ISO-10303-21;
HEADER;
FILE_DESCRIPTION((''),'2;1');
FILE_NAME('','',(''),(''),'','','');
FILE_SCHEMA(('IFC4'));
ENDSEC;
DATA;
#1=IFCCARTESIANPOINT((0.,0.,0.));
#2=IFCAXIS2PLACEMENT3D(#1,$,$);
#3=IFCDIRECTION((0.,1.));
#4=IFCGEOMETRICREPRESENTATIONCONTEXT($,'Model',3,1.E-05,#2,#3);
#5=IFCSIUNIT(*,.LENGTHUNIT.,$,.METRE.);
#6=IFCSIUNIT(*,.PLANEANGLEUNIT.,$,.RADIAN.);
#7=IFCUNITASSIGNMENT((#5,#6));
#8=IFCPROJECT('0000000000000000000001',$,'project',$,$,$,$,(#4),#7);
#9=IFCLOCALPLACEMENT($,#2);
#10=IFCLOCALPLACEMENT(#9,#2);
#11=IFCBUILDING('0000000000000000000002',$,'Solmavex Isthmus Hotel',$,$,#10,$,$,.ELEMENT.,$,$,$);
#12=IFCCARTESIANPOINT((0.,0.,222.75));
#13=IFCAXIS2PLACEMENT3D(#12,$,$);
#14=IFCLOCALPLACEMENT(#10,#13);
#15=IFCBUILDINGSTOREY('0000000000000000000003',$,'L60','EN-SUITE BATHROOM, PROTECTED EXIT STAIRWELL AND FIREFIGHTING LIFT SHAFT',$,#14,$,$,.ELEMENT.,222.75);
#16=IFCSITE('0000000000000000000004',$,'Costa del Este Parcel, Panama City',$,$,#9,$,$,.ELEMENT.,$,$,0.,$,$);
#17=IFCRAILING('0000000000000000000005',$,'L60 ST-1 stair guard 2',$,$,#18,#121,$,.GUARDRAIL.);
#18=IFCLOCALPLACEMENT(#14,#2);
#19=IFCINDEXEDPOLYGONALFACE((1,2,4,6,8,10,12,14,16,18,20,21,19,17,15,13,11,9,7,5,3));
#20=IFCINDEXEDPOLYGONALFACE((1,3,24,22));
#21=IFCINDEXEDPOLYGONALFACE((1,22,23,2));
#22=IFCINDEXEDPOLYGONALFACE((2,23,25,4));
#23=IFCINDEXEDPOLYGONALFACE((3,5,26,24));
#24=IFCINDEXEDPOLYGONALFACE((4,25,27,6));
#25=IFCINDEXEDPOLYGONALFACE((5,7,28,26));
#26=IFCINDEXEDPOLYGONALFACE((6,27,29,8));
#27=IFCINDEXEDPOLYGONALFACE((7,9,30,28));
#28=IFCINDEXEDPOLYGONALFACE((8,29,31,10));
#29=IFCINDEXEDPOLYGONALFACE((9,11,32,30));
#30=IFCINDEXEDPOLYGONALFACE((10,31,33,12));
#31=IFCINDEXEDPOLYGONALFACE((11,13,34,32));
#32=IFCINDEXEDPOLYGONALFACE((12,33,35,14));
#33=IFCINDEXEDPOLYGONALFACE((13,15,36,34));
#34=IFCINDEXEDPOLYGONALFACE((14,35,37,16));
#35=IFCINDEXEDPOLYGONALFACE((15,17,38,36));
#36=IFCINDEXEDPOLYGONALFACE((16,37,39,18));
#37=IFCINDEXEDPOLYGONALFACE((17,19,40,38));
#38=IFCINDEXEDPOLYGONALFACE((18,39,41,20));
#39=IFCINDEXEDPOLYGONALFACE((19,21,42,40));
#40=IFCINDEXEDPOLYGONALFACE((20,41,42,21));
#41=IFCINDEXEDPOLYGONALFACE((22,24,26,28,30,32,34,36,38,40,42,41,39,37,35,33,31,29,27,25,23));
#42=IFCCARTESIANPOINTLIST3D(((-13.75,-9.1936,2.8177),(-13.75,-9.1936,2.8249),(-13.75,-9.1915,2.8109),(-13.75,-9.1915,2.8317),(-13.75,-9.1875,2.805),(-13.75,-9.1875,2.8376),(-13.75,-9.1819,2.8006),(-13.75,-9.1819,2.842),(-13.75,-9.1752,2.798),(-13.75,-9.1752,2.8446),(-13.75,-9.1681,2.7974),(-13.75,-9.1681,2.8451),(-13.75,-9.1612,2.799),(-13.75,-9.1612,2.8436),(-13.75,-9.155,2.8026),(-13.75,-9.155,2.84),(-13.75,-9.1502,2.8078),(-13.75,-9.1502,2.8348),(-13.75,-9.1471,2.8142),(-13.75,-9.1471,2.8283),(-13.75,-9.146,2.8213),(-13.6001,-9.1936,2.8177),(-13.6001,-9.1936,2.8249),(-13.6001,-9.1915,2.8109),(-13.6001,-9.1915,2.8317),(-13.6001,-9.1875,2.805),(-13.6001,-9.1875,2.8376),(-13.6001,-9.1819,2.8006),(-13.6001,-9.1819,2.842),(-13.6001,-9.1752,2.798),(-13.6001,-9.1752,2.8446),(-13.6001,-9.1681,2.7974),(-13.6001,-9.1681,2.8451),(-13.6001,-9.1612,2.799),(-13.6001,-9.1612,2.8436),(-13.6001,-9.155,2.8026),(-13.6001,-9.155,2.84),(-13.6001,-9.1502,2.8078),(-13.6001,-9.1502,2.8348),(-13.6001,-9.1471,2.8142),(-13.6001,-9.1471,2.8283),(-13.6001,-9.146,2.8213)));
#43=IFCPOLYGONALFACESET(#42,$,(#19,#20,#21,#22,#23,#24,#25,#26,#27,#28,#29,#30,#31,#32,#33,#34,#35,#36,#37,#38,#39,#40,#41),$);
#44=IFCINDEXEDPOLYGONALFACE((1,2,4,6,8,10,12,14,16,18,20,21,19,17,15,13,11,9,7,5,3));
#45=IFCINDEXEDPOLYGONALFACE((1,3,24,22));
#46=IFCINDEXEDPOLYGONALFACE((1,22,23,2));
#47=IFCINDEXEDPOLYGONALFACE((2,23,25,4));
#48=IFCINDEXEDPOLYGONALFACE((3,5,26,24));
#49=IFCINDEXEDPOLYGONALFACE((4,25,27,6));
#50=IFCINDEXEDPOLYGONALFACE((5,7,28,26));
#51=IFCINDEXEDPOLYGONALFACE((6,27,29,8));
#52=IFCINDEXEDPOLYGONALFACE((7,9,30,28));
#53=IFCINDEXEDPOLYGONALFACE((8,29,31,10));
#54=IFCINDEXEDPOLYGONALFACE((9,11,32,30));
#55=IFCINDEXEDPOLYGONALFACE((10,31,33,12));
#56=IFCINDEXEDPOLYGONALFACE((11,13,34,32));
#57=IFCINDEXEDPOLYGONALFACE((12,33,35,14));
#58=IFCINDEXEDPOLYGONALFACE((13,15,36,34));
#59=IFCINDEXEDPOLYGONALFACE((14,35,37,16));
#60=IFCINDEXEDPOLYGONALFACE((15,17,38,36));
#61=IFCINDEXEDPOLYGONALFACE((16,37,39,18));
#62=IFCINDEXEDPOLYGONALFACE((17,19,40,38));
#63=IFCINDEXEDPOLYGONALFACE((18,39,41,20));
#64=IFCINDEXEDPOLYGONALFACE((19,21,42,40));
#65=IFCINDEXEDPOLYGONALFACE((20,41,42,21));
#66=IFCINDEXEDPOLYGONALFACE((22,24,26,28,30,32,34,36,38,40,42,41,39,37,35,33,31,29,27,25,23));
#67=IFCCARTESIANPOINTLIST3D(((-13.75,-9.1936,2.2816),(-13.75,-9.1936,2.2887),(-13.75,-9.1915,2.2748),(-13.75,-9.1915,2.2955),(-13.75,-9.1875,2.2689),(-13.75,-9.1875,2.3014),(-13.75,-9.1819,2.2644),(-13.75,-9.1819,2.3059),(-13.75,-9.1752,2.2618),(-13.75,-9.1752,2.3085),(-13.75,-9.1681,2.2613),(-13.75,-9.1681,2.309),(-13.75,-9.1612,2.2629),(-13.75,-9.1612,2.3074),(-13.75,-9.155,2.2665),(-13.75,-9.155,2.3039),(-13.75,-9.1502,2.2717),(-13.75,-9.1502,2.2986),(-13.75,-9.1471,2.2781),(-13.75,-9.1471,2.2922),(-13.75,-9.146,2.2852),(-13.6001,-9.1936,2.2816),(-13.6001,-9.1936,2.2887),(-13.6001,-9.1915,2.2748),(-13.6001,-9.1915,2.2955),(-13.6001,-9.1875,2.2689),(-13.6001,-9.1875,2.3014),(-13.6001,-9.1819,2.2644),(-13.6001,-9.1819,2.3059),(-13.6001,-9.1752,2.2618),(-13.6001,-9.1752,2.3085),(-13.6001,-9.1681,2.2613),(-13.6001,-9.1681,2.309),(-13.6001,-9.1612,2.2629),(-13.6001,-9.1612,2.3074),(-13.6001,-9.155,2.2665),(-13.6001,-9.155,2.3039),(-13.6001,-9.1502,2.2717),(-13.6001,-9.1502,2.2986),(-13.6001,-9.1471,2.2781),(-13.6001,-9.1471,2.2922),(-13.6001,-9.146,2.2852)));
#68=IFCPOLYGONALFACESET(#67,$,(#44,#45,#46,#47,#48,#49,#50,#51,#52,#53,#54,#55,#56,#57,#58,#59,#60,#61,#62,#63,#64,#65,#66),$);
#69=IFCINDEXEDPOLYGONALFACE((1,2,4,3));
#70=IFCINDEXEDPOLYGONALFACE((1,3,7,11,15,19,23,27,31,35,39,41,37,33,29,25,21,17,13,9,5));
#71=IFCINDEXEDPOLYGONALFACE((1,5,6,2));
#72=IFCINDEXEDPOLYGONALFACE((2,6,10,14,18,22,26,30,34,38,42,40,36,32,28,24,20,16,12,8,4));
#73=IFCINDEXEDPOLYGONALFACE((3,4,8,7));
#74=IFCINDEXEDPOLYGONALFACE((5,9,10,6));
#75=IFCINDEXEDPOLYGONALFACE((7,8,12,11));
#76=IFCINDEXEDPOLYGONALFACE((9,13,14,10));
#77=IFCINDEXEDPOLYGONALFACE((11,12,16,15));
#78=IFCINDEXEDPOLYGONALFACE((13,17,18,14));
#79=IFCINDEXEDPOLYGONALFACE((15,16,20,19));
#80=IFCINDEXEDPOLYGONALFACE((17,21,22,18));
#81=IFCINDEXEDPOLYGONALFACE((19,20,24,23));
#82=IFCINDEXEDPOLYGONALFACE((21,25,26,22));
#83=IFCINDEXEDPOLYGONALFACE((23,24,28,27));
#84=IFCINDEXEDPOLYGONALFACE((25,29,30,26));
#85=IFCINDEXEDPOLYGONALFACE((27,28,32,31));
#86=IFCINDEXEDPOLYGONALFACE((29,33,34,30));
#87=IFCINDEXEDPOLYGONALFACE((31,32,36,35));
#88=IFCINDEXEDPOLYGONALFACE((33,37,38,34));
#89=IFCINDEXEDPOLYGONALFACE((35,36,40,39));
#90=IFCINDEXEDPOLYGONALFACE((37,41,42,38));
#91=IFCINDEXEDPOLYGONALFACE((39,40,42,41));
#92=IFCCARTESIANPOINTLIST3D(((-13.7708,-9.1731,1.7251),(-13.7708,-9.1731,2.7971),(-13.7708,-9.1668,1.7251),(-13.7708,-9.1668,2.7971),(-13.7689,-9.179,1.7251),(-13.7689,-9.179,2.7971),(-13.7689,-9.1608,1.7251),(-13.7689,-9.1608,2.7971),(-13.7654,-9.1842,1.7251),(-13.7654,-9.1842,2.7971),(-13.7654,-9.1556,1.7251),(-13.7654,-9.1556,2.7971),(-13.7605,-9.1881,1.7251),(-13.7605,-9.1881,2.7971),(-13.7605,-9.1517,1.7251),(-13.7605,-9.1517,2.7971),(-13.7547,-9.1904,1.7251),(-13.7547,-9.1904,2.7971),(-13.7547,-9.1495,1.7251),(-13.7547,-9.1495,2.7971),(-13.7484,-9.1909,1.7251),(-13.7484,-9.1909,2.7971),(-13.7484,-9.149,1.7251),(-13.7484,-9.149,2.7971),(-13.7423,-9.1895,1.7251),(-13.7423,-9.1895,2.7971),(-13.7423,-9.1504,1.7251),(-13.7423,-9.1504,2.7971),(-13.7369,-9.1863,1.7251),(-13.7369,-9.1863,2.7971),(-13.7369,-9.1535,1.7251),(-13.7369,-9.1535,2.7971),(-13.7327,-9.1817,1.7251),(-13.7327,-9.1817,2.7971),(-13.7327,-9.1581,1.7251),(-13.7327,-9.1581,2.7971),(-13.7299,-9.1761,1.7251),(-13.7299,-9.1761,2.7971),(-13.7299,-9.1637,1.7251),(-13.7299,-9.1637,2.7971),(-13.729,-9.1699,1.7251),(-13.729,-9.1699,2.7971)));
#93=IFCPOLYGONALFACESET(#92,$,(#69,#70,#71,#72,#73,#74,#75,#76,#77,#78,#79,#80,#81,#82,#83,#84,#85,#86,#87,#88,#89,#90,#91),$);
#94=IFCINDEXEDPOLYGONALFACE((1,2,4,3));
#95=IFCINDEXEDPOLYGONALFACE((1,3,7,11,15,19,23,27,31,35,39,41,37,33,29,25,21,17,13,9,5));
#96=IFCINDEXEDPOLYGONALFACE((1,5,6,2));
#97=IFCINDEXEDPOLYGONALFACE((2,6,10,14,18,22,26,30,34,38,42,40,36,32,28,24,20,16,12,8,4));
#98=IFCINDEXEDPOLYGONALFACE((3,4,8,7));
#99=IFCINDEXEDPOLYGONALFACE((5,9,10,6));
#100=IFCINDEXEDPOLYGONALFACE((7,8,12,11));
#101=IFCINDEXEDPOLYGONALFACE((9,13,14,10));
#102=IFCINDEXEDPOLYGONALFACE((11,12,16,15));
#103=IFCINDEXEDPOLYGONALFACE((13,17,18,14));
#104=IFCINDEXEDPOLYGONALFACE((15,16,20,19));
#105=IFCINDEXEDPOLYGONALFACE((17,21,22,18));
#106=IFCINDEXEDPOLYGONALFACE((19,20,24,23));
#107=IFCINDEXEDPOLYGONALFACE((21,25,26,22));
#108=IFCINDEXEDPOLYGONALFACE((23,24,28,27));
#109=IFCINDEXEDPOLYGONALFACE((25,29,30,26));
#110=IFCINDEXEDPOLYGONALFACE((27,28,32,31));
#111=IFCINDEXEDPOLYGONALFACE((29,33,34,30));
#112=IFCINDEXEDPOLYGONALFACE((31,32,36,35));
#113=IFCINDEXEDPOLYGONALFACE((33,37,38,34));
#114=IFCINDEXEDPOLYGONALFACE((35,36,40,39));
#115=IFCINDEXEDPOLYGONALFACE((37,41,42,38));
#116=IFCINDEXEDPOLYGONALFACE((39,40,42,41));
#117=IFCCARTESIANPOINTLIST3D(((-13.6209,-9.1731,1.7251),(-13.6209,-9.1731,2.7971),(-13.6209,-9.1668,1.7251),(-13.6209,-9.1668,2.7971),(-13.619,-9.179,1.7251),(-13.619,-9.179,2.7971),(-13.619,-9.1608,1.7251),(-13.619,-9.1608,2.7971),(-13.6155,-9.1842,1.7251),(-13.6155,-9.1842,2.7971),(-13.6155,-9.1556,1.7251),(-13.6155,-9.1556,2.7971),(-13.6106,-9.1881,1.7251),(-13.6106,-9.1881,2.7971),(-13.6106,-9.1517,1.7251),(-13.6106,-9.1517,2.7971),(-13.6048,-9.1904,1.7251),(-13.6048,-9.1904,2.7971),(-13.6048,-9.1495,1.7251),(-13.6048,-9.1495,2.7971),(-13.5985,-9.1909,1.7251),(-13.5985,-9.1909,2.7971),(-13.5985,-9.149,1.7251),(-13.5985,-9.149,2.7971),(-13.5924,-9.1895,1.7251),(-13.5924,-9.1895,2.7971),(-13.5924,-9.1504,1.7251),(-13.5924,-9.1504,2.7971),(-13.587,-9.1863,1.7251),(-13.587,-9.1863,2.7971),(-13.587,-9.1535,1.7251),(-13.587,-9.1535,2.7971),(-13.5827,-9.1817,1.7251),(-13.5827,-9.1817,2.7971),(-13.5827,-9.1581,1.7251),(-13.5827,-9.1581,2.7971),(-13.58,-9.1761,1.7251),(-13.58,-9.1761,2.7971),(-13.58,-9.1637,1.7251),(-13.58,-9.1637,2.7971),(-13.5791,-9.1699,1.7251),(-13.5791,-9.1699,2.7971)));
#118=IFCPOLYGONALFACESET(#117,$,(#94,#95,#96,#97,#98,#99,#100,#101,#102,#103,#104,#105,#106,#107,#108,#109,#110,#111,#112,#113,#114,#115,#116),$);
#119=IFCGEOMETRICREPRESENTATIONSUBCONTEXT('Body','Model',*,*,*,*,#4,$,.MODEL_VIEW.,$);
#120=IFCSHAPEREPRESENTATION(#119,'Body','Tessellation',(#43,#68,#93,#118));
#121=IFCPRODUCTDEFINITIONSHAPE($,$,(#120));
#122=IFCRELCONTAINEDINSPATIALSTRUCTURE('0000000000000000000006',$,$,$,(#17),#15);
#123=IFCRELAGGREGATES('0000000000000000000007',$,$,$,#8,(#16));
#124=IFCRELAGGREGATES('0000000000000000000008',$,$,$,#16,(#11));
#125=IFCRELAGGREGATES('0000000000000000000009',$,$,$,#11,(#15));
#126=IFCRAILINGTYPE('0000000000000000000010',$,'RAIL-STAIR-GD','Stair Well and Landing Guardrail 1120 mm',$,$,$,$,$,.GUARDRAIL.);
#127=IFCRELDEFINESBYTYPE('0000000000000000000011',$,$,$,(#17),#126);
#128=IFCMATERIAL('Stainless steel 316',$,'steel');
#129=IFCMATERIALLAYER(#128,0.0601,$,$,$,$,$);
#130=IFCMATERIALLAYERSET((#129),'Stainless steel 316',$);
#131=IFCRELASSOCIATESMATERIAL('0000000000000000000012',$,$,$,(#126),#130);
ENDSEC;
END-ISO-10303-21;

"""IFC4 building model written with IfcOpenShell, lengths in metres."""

from ifc_helpers import new_model, si_unit, direction, frame, origin, origin_2d, place, context, subcontext, project, spatial, circle, extrude, material, layer, layer_set, type_object, element, save


model = new_model("IFC4")

# Units and contexts
model_context = context("Model", 3, precision=1e-05, world=origin(), true_north=direction((0.0, 1.0)))
body_context = subcontext(model_context, "Body", "Model", "MODEL_VIEW")
ifc_project = project(units=[si_unit("LENGTHUNIT", "METRE"), si_unit("PLANEANGLEUNIT", "RADIAN")], contexts=[model_context])

# Site, building, storey
site_placement = place(None, origin())
site = spatial("IfcSite", under=ifc_project, at=site_placement, Name="Costa del Este Parcel, Panama City", CompositionType="ELEMENT", RefElevation=0.0)
building_placement = place(site_placement, origin())
building = spatial("IfcBuilding", under=site, at=building_placement, Name="Solmavex Isthmus Hotel", CompositionType="ELEMENT")
storey_placement = place(building_placement, frame((0.0, 0.0, 222.75)))
storey = spatial("IfcBuildingStorey", under=building, at=storey_placement, Name="L60", Description="EN-SUITE BATHROOM, PROTECTED EXIT STAIRWELL AND FIREFIGHTING LIFT SHAFT", CompositionType="ELEMENT", Elevation=222.75)

# Railing
ifc_material_1 = material(Name="Stainless steel 316", Category="steel")
ifc_layer_1 = layer(ifc_material_1, 0.0601)
ifc_layer_set_1 = layer_set([ifc_layer_1], Name="Stainless steel 316")
railing_type = type_object("IfcRailingType", Name="RAIL-STAIR-GD", Description="Stair Well and Landing Guardrail 1120 mm", PredefinedType="GUARDRAIL", material=ifc_layer_set_1)
railing_1_placement = place(storey_placement, frame((-13.75, -9.1699, 1.7251)))
element("IfcRailing", 1, at=railing_1_placement, inside=storey, type_object=railing_type, Name="L60 ST-1 stair guard 2", PredefinedType="GUARDRAIL", context=body_context, shape_type="SweptSolid", body=[
    extrude(circle(Radius=0.0239, at=origin_2d()), frame((0.0, 0.0, 1.0962), z_axis=(1.0, 0.0, 0.0), x_axis=(0.0, 1.0, 0.0)), (0.0, 0.0, 1.0), 0.1499),
    extrude(circle(Radius=0.0239, at=origin_2d()), frame((0.0, 0.0, 0.5601), z_axis=(1.0, 0.0, 0.0), x_axis=(0.0, 1.0, 0.0)), (0.0, 0.0, 1.0), 0.1499),
    extrude(circle(Radius=0.021, at=origin_2d()), origin(), (0.0, 0.0, 1.0), 1.072),
    extrude(circle(Radius=0.021, at=origin_2d()), frame((0.1499, 0.0, 0.0)), (0.0, 0.0, 1.0), 1.072),
])

save(model, "model.ifc")
